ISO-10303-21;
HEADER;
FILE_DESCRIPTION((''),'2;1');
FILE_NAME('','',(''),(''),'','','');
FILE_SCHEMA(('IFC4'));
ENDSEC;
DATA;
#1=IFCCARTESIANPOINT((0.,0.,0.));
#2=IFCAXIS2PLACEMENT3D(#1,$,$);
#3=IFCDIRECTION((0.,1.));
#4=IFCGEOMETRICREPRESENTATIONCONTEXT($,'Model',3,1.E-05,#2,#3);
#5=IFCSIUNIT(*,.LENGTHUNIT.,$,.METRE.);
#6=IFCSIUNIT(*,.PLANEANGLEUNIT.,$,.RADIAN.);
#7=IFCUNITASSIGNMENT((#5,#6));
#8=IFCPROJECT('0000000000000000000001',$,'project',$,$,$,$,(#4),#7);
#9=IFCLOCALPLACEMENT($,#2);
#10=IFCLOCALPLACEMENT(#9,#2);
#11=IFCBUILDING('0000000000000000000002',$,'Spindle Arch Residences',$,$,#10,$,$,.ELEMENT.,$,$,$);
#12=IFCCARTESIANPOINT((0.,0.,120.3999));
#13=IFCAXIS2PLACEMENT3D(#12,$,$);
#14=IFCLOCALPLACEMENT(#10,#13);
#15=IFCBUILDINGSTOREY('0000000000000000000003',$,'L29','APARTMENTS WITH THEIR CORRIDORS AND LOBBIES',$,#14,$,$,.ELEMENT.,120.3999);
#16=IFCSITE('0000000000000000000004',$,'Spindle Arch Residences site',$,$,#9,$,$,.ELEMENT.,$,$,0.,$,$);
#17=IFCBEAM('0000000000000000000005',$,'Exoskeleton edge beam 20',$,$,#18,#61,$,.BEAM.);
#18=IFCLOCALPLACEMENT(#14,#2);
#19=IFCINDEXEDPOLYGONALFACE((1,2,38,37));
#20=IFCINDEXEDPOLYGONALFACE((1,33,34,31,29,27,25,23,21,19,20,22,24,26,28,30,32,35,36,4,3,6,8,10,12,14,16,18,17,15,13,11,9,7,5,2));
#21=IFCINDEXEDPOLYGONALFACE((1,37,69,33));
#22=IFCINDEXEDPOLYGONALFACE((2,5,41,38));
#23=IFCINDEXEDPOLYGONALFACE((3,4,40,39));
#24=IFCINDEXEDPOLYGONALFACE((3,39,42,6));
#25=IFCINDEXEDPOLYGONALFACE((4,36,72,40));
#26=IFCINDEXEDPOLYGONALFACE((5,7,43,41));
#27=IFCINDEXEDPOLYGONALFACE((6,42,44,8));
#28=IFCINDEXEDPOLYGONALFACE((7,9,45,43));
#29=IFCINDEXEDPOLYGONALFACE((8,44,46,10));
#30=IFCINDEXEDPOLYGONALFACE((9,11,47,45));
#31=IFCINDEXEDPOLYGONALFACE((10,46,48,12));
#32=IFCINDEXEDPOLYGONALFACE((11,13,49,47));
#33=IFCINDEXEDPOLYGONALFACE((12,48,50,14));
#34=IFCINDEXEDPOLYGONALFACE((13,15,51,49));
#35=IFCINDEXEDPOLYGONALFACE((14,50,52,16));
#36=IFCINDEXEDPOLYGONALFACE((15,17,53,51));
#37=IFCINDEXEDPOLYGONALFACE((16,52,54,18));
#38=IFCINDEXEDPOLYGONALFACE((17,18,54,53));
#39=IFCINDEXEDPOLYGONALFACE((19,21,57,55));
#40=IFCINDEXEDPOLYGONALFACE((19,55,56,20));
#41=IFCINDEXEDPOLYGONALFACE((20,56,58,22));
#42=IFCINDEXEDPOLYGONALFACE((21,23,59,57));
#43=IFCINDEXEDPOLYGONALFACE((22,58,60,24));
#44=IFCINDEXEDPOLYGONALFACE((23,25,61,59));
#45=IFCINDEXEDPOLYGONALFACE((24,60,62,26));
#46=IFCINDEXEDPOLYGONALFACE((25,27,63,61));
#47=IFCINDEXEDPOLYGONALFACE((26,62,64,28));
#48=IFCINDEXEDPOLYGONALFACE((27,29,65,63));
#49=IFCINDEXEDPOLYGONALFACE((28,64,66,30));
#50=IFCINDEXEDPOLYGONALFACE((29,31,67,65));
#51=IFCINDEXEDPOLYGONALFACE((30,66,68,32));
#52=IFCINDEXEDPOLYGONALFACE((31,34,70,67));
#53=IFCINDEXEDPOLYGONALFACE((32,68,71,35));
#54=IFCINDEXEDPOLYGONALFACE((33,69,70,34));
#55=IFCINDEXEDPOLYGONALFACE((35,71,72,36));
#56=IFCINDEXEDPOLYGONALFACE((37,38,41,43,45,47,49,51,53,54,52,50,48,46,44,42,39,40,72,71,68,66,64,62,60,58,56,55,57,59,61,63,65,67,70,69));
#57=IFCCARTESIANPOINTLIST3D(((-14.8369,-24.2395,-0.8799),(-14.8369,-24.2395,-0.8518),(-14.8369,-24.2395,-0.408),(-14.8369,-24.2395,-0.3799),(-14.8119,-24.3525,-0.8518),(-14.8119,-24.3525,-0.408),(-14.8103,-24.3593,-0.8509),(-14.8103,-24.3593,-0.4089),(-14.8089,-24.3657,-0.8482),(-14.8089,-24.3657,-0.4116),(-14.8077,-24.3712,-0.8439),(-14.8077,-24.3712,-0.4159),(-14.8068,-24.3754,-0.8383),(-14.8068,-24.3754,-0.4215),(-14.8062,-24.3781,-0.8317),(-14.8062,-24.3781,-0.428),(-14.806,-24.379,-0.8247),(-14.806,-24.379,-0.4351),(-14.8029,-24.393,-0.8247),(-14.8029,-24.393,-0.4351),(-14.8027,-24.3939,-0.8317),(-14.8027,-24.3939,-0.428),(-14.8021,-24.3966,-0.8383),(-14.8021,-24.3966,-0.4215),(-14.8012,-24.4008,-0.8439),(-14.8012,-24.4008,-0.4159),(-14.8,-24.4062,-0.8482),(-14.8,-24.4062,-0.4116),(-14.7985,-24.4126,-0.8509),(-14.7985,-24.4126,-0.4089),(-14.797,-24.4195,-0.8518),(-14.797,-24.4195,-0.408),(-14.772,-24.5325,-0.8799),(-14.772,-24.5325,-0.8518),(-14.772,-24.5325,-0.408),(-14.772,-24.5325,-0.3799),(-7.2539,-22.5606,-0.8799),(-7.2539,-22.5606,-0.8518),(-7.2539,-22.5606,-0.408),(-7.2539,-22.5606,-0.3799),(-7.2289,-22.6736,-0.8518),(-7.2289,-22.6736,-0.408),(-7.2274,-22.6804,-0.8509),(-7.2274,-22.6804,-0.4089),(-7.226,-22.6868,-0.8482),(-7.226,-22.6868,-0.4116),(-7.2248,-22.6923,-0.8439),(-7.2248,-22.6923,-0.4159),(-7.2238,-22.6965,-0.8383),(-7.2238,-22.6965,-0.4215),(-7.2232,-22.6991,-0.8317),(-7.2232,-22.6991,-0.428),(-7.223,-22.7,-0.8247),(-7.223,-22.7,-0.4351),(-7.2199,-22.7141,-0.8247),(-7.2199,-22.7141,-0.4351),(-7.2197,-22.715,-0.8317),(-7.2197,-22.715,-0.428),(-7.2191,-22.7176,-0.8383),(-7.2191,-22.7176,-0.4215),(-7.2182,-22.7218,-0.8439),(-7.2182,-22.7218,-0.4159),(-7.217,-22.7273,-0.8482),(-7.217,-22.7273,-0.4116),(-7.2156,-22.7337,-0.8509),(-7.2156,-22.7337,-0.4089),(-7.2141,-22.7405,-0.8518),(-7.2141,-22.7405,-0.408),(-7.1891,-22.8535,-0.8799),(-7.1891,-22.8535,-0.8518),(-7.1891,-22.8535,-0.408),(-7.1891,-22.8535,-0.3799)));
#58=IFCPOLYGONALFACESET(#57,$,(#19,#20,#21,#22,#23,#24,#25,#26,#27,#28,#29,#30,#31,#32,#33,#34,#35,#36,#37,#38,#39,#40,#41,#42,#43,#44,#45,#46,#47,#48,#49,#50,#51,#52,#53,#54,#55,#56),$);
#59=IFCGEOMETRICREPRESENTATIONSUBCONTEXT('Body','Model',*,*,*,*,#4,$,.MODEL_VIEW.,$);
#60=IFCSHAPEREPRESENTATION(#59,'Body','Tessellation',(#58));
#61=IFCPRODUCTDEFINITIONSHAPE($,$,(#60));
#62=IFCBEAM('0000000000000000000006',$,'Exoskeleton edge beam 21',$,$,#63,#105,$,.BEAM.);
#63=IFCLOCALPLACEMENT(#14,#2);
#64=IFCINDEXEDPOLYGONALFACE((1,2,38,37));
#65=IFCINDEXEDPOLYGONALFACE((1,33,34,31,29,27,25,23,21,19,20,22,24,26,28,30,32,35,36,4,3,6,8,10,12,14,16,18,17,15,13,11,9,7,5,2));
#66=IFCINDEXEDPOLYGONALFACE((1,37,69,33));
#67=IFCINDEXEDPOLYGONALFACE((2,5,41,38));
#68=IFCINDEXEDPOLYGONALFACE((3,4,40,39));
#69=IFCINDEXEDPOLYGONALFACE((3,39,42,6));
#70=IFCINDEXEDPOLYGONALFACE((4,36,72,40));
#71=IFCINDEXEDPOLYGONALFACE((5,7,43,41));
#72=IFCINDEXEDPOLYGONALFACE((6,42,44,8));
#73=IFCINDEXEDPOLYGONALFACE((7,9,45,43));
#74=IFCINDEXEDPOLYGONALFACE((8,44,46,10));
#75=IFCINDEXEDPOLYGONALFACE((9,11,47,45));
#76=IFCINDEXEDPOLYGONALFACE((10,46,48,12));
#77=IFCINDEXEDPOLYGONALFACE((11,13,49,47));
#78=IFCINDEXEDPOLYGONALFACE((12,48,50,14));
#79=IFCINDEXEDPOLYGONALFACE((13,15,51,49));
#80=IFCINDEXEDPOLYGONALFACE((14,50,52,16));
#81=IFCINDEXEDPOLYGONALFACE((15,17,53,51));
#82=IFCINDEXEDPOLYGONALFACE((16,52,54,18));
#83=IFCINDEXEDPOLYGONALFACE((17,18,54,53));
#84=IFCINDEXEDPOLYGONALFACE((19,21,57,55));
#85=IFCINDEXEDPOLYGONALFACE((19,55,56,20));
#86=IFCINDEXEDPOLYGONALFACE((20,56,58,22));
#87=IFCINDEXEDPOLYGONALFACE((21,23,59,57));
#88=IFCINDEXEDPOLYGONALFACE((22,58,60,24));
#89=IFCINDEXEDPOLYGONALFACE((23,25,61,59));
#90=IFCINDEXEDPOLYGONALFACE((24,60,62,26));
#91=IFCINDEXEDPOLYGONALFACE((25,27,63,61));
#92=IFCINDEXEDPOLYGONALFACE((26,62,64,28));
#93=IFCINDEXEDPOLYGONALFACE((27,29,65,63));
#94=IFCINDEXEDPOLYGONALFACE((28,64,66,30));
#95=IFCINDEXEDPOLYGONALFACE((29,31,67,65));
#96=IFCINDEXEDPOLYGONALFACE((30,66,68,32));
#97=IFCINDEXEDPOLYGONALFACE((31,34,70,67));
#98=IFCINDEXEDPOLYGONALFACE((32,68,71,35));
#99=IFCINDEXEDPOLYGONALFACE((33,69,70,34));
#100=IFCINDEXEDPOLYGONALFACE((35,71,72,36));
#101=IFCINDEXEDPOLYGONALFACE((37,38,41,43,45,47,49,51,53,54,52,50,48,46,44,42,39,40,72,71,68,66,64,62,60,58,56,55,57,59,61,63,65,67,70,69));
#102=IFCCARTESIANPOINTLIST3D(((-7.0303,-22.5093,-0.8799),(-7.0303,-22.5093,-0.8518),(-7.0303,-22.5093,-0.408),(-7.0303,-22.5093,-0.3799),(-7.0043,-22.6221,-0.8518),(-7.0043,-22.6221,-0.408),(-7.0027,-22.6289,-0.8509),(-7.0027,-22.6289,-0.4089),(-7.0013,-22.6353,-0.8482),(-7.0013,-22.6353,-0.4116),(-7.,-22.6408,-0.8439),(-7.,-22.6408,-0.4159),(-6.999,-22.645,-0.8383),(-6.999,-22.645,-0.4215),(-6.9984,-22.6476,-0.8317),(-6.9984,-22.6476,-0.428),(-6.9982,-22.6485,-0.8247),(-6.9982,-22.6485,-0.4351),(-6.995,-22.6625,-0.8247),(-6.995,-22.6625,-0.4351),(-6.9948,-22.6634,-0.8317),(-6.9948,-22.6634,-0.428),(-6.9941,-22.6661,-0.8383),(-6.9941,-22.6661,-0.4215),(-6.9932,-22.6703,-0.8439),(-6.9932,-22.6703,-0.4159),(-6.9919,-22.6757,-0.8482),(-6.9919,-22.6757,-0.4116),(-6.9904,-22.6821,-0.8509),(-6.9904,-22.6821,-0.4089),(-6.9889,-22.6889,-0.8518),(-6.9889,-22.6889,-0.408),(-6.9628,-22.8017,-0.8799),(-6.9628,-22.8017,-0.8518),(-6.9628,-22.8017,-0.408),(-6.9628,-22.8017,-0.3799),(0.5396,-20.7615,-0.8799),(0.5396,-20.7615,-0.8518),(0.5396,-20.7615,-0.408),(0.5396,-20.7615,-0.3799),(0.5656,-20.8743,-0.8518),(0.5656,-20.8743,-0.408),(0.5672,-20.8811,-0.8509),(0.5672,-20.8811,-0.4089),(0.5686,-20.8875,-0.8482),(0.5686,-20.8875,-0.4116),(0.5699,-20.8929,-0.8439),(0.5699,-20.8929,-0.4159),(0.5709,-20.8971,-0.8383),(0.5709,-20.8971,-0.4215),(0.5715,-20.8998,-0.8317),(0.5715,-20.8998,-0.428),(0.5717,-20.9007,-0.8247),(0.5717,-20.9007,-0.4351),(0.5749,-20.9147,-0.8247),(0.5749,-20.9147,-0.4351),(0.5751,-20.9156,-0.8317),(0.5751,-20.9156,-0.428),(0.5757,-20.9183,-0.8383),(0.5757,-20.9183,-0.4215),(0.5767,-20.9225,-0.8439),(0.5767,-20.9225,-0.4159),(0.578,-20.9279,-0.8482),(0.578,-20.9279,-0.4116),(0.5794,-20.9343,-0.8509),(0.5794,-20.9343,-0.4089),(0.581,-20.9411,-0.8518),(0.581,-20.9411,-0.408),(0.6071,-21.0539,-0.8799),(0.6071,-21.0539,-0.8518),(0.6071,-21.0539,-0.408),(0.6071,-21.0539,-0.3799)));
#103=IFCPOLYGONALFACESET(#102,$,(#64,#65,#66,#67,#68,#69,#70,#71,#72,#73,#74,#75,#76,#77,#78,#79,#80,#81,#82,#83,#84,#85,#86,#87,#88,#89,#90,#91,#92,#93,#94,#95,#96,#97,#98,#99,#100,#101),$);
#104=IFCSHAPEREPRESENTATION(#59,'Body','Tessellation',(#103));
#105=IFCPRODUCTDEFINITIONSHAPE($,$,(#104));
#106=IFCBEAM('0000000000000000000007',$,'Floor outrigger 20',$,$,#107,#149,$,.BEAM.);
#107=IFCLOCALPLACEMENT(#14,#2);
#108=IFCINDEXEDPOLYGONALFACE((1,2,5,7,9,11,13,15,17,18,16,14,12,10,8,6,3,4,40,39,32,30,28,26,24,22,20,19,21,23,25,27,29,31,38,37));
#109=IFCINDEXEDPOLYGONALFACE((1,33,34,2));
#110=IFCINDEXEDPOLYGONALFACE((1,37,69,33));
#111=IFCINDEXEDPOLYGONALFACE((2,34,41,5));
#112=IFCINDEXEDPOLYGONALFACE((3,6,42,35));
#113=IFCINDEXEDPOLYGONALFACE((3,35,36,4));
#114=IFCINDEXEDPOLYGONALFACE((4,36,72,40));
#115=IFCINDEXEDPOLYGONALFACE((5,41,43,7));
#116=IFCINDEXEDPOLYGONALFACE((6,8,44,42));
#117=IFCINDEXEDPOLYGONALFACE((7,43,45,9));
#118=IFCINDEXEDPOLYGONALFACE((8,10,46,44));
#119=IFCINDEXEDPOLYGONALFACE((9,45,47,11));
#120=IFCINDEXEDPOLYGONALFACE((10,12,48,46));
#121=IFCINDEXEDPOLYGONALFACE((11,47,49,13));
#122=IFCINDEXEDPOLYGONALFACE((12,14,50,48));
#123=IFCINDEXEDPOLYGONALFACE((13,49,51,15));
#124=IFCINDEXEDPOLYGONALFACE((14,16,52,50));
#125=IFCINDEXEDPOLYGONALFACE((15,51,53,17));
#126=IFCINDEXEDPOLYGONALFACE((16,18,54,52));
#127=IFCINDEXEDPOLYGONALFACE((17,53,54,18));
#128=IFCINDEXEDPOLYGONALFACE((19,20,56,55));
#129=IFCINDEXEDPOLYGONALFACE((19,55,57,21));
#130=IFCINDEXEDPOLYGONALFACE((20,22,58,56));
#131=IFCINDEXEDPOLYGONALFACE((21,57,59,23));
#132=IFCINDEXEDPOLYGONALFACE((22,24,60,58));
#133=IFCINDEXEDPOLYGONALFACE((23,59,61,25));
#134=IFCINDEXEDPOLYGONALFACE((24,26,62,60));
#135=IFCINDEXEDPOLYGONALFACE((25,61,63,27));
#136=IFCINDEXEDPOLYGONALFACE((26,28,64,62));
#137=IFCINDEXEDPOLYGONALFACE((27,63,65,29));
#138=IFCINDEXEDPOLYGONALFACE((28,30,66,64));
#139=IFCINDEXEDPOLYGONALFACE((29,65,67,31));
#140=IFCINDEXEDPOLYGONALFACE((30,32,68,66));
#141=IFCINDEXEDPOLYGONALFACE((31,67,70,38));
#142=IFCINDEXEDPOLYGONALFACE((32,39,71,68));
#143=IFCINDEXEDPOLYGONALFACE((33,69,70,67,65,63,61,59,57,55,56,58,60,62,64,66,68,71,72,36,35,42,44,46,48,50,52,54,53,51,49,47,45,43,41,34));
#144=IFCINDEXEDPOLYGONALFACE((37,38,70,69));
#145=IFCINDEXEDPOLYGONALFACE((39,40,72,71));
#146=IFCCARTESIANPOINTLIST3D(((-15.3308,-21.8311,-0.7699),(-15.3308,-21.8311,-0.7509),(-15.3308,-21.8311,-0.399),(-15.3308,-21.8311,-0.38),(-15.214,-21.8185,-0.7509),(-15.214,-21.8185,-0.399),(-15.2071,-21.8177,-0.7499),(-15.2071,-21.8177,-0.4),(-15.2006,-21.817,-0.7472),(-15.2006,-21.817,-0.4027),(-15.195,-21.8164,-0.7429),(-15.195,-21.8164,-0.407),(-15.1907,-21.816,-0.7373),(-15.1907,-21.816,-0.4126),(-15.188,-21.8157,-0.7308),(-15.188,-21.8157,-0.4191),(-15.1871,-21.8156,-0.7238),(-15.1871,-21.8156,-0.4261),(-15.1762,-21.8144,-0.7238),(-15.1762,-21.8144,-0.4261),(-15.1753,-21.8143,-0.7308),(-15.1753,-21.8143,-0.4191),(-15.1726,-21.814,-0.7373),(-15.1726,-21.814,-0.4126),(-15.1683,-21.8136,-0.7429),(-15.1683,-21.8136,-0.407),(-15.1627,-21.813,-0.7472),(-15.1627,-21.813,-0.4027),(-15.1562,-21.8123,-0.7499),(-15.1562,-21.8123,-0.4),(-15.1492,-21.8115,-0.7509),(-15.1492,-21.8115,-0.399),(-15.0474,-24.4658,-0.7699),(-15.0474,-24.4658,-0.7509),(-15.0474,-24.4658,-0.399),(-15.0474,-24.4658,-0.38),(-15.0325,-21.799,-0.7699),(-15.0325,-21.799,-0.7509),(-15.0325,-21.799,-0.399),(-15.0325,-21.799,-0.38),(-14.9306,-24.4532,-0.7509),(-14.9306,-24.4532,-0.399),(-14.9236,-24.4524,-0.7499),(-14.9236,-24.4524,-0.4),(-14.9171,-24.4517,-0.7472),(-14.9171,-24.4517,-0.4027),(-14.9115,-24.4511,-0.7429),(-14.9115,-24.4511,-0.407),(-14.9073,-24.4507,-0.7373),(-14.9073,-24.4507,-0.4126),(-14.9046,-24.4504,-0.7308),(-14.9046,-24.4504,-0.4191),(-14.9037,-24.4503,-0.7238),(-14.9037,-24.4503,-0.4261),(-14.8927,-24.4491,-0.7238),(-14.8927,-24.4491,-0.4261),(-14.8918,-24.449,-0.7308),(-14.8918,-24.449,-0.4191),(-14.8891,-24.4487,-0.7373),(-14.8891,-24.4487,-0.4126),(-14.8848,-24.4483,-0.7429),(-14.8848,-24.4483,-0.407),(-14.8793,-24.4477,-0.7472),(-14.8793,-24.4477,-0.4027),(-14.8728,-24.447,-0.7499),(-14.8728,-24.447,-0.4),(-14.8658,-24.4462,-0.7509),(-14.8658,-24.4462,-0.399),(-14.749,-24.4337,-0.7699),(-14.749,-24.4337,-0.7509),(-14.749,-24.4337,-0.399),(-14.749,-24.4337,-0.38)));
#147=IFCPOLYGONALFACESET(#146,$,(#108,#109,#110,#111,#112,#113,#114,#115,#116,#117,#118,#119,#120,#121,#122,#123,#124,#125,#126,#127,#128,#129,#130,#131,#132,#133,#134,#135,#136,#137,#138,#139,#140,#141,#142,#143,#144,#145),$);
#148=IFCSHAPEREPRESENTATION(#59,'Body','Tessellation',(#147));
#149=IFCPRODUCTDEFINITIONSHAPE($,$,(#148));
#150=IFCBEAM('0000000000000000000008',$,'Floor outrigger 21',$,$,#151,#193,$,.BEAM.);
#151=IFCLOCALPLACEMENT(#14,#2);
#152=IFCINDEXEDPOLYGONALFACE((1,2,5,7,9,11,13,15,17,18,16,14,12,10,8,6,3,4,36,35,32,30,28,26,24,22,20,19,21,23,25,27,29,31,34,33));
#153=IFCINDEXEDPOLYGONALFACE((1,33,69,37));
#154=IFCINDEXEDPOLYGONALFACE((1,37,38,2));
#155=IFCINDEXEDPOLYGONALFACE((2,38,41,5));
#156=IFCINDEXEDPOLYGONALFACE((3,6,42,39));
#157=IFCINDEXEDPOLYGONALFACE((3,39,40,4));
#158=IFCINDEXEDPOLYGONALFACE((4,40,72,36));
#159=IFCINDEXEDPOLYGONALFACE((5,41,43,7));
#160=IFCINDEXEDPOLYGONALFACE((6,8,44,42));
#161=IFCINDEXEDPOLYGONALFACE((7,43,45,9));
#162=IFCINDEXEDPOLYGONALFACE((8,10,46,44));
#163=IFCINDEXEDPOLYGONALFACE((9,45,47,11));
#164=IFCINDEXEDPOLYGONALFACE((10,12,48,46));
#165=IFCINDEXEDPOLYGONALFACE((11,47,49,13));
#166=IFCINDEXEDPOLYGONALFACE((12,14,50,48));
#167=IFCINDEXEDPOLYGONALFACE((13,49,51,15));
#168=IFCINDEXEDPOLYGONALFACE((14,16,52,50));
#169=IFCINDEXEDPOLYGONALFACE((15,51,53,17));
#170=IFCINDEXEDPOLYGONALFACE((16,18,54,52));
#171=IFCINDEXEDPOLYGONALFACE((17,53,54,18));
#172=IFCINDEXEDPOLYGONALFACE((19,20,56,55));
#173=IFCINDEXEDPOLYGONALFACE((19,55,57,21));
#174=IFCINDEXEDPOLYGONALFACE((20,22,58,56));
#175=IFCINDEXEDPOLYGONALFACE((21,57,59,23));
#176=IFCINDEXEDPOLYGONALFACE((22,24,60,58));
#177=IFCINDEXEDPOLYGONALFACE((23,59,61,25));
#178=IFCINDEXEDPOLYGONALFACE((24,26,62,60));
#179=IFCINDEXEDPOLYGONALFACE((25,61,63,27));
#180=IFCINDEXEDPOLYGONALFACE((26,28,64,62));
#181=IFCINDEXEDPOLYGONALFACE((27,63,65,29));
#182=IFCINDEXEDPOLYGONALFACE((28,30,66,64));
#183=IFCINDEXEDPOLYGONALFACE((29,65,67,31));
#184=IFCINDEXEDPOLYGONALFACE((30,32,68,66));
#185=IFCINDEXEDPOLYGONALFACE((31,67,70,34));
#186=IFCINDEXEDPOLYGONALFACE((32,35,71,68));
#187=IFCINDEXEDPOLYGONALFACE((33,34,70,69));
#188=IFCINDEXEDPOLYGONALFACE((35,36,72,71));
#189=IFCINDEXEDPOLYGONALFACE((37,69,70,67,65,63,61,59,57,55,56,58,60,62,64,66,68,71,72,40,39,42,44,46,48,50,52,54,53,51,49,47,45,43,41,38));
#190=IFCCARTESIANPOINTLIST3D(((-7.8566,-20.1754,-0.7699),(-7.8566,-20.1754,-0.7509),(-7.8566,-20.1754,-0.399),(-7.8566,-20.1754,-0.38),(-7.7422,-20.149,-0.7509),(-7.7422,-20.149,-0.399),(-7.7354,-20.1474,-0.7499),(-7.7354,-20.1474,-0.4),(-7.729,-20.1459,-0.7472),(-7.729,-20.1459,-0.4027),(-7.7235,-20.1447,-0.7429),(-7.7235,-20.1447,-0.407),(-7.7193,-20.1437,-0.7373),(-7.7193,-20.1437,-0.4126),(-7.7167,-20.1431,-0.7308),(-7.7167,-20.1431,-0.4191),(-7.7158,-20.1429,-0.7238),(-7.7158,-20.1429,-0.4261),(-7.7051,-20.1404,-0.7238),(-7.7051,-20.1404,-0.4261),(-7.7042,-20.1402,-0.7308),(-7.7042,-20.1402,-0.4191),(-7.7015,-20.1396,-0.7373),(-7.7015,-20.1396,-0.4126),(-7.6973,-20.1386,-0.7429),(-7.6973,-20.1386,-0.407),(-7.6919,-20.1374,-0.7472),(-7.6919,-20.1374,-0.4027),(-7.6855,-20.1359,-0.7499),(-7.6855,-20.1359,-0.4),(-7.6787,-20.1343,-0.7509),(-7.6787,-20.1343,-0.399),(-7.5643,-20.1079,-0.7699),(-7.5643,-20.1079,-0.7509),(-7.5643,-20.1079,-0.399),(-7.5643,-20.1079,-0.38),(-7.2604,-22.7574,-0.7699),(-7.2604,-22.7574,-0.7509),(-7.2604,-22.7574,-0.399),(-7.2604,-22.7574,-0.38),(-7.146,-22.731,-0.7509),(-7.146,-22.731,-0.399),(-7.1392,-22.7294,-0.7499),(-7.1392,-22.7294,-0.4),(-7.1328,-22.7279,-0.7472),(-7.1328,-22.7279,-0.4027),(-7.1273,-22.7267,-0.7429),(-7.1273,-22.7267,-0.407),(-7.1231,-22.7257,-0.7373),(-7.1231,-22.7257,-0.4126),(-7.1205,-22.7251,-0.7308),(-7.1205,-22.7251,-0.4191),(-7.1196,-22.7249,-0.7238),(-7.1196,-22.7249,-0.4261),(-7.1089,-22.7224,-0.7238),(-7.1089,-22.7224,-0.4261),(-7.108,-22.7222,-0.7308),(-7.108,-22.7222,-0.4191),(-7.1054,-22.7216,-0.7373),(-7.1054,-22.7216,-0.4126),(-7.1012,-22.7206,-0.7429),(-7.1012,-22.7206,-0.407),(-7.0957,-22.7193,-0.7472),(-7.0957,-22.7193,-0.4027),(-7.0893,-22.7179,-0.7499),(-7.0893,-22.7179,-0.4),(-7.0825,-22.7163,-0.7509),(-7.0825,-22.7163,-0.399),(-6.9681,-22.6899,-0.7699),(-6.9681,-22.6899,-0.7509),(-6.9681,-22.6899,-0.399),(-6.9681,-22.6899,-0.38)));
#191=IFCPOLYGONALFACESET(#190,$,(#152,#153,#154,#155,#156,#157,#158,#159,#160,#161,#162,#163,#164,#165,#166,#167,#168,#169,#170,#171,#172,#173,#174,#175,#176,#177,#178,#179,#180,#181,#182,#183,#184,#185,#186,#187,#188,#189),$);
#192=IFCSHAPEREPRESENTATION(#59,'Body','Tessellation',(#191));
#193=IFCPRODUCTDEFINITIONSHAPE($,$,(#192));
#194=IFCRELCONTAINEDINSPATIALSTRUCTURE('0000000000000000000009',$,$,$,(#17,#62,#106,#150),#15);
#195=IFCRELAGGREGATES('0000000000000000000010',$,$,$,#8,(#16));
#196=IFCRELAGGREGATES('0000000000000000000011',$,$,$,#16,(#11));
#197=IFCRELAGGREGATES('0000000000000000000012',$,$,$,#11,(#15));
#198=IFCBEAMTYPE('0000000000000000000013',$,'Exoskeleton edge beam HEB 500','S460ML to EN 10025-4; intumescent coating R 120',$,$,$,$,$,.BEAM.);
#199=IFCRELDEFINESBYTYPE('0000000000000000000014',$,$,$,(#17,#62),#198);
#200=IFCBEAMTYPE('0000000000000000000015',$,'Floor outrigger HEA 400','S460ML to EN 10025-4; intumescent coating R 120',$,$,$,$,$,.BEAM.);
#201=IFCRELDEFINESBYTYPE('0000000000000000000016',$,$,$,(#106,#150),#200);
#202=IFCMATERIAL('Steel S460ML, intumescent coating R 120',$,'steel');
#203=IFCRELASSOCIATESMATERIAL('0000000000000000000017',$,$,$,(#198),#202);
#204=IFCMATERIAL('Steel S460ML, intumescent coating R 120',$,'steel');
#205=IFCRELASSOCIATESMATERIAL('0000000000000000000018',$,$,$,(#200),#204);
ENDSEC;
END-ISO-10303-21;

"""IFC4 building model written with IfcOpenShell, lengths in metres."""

from ifc_helpers import new_model, si_unit, direction, frame, origin, origin_2d, place, context, subcontext, project, spatial, i_section, extrude, material, material_profile, profile_set, type_object, element, save


model = new_model("IFC4")

# Units and contexts
model_context = context("Model", 3, precision=1e-05, world=origin(), true_north=direction((0.0, 1.0)))
body_context = subcontext(model_context, "Body", "Model", "MODEL_VIEW")
ifc_project = project(units=[si_unit("LENGTHUNIT", "METRE"), si_unit("PLANEANGLEUNIT", "RADIAN")], contexts=[model_context])

# Site, building, storey
site_placement = place(None, origin())
site = spatial("IfcSite", under=ifc_project, at=site_placement, Name="Spindle Arch Residences site", CompositionType="ELEMENT", RefElevation=0.0)
building_placement = place(site_placement, origin())
building = spatial("IfcBuilding", under=site, at=building_placement, Name="Spindle Arch Residences", CompositionType="ELEMENT")
storey_placement = place(building_placement, frame((0.0, 0.0, 120.3999)))
storey = spatial("IfcBuildingStorey", under=building, at=storey_placement, Name="L29", Description="APARTMENTS WITH THEIR CORRIDORS AND LOBBIES", CompositionType="ELEMENT", Elevation=120.3999)

# Beams
ifc_material_1 = material(Name="Steel S460ML, intumescent coating R 120", Category="steel")
ifc_material_profile_1 = material_profile(ifc_material_1, i_section(OverallWidth=0.3, OverallDepth=0.5, WebThickness=0.0144, FlangeThickness=0.0281, FilletRadius=0.0271, at=origin_2d()), Name="HEB 500")
ifc_profile_set_1 = profile_set([ifc_material_profile_1], Name="Steel S460ML, intumescent coating R 120")
beam_type_1 = type_object("IfcBeamType", Name="Exoskeleton edge beam HEB 500", Description="S460ML to EN 10025-4; intumescent coating R 120", PredefinedType="BEAM", material=ifc_profile_set_1)
beam_1_placement = place(storey_placement, frame((-14.8044, -24.386, -0.6299), z_axis=(0.976355, 0.216175, 0.0), x_axis=(-0.216175, 0.976355, 0.0)))
element("IfcBeam", 1, at=beam_1_placement, inside=storey, type_object=beam_type_1, Name="Exoskeleton edge beam 20", PredefinedType="BEAM", context=body_context, shape_type="SweptSolid", body=[
    extrude(i_section(OverallWidth=0.3, OverallDepth=0.5, WebThickness=0.0144, FlangeThickness=0.0281, FilletRadius=0.0271, at=origin_2d()), origin(), (0.0, 0.0, 1.0), 7.7666),
])
beam_2_placement = place(storey_placement, frame((-6.9966, -22.6555, -0.6299), z_axis=(0.974365, 0.224972, 0.0), x_axis=(-0.224972, 0.974365, 0.0)))
element("IfcBeam", 2, at=beam_2_placement, inside=storey, type_object=beam_type_1, Name="Exoskeleton edge beam 21", PredefinedType="BEAM", context=body_context, shape_type="SweptSolid", body=[
    extrude(i_section(OverallWidth=0.3, OverallDepth=0.5, WebThickness=0.0144, FlangeThickness=0.0281, FilletRadius=0.0271, at=origin_2d()), origin(), (0.0, 0.0, 1.0), 7.769),
])
ifc_material_2 = material(Name="Steel S460ML, intumescent coating R 120", Category="steel")
ifc_material_profile_2 = material_profile(ifc_material_2, i_section(OverallWidth=0.3, OverallDepth=0.3899, WebThickness=0.011, FlangeThickness=0.019, FilletRadius=0.0271, at=origin_2d()), Name="HEA 400")
ifc_profile_set_2 = profile_set([ifc_material_profile_2], Name="Steel S460ML, intumescent coating R 120")
beam_type_2 = type_object("IfcBeamType", Name="Floor outrigger HEA 400", Description="S460ML to EN 10025-4; intumescent coating R 120", PredefinedType="BEAM", material=ifc_profile_set_2)
for number, where, z_axis, x_axis, name in (
    (3, (-14.8982, -24.4497, -0.575), (-0.106963, 0.994263, 0.0), (-0.994263, -0.106963, 0.0), "Floor outrigger 20"),
    (4, (-7.1143, -22.7236, -0.575), (-0.224981, 0.974363, 0.0), (-0.974363, -0.224981, 0.0), "Floor outrigger 21"),
):
    element("IfcBeam", number, at=place(storey_placement, frame(where, z_axis=z_axis, x_axis=x_axis)), inside=storey, type_object=beam_type_2, Name=name, PredefinedType="BEAM", context=body_context, shape_type="SweptSolid", body=[
        extrude(i_section(OverallWidth=0.3, OverallDepth=0.3899, WebThickness=0.011, FlangeThickness=0.019, FilletRadius=0.0271, at=origin_2d()), origin(), (0.0, 0.0, 1.0), 2.6499),
    ])

save(model, "model.ifc")
